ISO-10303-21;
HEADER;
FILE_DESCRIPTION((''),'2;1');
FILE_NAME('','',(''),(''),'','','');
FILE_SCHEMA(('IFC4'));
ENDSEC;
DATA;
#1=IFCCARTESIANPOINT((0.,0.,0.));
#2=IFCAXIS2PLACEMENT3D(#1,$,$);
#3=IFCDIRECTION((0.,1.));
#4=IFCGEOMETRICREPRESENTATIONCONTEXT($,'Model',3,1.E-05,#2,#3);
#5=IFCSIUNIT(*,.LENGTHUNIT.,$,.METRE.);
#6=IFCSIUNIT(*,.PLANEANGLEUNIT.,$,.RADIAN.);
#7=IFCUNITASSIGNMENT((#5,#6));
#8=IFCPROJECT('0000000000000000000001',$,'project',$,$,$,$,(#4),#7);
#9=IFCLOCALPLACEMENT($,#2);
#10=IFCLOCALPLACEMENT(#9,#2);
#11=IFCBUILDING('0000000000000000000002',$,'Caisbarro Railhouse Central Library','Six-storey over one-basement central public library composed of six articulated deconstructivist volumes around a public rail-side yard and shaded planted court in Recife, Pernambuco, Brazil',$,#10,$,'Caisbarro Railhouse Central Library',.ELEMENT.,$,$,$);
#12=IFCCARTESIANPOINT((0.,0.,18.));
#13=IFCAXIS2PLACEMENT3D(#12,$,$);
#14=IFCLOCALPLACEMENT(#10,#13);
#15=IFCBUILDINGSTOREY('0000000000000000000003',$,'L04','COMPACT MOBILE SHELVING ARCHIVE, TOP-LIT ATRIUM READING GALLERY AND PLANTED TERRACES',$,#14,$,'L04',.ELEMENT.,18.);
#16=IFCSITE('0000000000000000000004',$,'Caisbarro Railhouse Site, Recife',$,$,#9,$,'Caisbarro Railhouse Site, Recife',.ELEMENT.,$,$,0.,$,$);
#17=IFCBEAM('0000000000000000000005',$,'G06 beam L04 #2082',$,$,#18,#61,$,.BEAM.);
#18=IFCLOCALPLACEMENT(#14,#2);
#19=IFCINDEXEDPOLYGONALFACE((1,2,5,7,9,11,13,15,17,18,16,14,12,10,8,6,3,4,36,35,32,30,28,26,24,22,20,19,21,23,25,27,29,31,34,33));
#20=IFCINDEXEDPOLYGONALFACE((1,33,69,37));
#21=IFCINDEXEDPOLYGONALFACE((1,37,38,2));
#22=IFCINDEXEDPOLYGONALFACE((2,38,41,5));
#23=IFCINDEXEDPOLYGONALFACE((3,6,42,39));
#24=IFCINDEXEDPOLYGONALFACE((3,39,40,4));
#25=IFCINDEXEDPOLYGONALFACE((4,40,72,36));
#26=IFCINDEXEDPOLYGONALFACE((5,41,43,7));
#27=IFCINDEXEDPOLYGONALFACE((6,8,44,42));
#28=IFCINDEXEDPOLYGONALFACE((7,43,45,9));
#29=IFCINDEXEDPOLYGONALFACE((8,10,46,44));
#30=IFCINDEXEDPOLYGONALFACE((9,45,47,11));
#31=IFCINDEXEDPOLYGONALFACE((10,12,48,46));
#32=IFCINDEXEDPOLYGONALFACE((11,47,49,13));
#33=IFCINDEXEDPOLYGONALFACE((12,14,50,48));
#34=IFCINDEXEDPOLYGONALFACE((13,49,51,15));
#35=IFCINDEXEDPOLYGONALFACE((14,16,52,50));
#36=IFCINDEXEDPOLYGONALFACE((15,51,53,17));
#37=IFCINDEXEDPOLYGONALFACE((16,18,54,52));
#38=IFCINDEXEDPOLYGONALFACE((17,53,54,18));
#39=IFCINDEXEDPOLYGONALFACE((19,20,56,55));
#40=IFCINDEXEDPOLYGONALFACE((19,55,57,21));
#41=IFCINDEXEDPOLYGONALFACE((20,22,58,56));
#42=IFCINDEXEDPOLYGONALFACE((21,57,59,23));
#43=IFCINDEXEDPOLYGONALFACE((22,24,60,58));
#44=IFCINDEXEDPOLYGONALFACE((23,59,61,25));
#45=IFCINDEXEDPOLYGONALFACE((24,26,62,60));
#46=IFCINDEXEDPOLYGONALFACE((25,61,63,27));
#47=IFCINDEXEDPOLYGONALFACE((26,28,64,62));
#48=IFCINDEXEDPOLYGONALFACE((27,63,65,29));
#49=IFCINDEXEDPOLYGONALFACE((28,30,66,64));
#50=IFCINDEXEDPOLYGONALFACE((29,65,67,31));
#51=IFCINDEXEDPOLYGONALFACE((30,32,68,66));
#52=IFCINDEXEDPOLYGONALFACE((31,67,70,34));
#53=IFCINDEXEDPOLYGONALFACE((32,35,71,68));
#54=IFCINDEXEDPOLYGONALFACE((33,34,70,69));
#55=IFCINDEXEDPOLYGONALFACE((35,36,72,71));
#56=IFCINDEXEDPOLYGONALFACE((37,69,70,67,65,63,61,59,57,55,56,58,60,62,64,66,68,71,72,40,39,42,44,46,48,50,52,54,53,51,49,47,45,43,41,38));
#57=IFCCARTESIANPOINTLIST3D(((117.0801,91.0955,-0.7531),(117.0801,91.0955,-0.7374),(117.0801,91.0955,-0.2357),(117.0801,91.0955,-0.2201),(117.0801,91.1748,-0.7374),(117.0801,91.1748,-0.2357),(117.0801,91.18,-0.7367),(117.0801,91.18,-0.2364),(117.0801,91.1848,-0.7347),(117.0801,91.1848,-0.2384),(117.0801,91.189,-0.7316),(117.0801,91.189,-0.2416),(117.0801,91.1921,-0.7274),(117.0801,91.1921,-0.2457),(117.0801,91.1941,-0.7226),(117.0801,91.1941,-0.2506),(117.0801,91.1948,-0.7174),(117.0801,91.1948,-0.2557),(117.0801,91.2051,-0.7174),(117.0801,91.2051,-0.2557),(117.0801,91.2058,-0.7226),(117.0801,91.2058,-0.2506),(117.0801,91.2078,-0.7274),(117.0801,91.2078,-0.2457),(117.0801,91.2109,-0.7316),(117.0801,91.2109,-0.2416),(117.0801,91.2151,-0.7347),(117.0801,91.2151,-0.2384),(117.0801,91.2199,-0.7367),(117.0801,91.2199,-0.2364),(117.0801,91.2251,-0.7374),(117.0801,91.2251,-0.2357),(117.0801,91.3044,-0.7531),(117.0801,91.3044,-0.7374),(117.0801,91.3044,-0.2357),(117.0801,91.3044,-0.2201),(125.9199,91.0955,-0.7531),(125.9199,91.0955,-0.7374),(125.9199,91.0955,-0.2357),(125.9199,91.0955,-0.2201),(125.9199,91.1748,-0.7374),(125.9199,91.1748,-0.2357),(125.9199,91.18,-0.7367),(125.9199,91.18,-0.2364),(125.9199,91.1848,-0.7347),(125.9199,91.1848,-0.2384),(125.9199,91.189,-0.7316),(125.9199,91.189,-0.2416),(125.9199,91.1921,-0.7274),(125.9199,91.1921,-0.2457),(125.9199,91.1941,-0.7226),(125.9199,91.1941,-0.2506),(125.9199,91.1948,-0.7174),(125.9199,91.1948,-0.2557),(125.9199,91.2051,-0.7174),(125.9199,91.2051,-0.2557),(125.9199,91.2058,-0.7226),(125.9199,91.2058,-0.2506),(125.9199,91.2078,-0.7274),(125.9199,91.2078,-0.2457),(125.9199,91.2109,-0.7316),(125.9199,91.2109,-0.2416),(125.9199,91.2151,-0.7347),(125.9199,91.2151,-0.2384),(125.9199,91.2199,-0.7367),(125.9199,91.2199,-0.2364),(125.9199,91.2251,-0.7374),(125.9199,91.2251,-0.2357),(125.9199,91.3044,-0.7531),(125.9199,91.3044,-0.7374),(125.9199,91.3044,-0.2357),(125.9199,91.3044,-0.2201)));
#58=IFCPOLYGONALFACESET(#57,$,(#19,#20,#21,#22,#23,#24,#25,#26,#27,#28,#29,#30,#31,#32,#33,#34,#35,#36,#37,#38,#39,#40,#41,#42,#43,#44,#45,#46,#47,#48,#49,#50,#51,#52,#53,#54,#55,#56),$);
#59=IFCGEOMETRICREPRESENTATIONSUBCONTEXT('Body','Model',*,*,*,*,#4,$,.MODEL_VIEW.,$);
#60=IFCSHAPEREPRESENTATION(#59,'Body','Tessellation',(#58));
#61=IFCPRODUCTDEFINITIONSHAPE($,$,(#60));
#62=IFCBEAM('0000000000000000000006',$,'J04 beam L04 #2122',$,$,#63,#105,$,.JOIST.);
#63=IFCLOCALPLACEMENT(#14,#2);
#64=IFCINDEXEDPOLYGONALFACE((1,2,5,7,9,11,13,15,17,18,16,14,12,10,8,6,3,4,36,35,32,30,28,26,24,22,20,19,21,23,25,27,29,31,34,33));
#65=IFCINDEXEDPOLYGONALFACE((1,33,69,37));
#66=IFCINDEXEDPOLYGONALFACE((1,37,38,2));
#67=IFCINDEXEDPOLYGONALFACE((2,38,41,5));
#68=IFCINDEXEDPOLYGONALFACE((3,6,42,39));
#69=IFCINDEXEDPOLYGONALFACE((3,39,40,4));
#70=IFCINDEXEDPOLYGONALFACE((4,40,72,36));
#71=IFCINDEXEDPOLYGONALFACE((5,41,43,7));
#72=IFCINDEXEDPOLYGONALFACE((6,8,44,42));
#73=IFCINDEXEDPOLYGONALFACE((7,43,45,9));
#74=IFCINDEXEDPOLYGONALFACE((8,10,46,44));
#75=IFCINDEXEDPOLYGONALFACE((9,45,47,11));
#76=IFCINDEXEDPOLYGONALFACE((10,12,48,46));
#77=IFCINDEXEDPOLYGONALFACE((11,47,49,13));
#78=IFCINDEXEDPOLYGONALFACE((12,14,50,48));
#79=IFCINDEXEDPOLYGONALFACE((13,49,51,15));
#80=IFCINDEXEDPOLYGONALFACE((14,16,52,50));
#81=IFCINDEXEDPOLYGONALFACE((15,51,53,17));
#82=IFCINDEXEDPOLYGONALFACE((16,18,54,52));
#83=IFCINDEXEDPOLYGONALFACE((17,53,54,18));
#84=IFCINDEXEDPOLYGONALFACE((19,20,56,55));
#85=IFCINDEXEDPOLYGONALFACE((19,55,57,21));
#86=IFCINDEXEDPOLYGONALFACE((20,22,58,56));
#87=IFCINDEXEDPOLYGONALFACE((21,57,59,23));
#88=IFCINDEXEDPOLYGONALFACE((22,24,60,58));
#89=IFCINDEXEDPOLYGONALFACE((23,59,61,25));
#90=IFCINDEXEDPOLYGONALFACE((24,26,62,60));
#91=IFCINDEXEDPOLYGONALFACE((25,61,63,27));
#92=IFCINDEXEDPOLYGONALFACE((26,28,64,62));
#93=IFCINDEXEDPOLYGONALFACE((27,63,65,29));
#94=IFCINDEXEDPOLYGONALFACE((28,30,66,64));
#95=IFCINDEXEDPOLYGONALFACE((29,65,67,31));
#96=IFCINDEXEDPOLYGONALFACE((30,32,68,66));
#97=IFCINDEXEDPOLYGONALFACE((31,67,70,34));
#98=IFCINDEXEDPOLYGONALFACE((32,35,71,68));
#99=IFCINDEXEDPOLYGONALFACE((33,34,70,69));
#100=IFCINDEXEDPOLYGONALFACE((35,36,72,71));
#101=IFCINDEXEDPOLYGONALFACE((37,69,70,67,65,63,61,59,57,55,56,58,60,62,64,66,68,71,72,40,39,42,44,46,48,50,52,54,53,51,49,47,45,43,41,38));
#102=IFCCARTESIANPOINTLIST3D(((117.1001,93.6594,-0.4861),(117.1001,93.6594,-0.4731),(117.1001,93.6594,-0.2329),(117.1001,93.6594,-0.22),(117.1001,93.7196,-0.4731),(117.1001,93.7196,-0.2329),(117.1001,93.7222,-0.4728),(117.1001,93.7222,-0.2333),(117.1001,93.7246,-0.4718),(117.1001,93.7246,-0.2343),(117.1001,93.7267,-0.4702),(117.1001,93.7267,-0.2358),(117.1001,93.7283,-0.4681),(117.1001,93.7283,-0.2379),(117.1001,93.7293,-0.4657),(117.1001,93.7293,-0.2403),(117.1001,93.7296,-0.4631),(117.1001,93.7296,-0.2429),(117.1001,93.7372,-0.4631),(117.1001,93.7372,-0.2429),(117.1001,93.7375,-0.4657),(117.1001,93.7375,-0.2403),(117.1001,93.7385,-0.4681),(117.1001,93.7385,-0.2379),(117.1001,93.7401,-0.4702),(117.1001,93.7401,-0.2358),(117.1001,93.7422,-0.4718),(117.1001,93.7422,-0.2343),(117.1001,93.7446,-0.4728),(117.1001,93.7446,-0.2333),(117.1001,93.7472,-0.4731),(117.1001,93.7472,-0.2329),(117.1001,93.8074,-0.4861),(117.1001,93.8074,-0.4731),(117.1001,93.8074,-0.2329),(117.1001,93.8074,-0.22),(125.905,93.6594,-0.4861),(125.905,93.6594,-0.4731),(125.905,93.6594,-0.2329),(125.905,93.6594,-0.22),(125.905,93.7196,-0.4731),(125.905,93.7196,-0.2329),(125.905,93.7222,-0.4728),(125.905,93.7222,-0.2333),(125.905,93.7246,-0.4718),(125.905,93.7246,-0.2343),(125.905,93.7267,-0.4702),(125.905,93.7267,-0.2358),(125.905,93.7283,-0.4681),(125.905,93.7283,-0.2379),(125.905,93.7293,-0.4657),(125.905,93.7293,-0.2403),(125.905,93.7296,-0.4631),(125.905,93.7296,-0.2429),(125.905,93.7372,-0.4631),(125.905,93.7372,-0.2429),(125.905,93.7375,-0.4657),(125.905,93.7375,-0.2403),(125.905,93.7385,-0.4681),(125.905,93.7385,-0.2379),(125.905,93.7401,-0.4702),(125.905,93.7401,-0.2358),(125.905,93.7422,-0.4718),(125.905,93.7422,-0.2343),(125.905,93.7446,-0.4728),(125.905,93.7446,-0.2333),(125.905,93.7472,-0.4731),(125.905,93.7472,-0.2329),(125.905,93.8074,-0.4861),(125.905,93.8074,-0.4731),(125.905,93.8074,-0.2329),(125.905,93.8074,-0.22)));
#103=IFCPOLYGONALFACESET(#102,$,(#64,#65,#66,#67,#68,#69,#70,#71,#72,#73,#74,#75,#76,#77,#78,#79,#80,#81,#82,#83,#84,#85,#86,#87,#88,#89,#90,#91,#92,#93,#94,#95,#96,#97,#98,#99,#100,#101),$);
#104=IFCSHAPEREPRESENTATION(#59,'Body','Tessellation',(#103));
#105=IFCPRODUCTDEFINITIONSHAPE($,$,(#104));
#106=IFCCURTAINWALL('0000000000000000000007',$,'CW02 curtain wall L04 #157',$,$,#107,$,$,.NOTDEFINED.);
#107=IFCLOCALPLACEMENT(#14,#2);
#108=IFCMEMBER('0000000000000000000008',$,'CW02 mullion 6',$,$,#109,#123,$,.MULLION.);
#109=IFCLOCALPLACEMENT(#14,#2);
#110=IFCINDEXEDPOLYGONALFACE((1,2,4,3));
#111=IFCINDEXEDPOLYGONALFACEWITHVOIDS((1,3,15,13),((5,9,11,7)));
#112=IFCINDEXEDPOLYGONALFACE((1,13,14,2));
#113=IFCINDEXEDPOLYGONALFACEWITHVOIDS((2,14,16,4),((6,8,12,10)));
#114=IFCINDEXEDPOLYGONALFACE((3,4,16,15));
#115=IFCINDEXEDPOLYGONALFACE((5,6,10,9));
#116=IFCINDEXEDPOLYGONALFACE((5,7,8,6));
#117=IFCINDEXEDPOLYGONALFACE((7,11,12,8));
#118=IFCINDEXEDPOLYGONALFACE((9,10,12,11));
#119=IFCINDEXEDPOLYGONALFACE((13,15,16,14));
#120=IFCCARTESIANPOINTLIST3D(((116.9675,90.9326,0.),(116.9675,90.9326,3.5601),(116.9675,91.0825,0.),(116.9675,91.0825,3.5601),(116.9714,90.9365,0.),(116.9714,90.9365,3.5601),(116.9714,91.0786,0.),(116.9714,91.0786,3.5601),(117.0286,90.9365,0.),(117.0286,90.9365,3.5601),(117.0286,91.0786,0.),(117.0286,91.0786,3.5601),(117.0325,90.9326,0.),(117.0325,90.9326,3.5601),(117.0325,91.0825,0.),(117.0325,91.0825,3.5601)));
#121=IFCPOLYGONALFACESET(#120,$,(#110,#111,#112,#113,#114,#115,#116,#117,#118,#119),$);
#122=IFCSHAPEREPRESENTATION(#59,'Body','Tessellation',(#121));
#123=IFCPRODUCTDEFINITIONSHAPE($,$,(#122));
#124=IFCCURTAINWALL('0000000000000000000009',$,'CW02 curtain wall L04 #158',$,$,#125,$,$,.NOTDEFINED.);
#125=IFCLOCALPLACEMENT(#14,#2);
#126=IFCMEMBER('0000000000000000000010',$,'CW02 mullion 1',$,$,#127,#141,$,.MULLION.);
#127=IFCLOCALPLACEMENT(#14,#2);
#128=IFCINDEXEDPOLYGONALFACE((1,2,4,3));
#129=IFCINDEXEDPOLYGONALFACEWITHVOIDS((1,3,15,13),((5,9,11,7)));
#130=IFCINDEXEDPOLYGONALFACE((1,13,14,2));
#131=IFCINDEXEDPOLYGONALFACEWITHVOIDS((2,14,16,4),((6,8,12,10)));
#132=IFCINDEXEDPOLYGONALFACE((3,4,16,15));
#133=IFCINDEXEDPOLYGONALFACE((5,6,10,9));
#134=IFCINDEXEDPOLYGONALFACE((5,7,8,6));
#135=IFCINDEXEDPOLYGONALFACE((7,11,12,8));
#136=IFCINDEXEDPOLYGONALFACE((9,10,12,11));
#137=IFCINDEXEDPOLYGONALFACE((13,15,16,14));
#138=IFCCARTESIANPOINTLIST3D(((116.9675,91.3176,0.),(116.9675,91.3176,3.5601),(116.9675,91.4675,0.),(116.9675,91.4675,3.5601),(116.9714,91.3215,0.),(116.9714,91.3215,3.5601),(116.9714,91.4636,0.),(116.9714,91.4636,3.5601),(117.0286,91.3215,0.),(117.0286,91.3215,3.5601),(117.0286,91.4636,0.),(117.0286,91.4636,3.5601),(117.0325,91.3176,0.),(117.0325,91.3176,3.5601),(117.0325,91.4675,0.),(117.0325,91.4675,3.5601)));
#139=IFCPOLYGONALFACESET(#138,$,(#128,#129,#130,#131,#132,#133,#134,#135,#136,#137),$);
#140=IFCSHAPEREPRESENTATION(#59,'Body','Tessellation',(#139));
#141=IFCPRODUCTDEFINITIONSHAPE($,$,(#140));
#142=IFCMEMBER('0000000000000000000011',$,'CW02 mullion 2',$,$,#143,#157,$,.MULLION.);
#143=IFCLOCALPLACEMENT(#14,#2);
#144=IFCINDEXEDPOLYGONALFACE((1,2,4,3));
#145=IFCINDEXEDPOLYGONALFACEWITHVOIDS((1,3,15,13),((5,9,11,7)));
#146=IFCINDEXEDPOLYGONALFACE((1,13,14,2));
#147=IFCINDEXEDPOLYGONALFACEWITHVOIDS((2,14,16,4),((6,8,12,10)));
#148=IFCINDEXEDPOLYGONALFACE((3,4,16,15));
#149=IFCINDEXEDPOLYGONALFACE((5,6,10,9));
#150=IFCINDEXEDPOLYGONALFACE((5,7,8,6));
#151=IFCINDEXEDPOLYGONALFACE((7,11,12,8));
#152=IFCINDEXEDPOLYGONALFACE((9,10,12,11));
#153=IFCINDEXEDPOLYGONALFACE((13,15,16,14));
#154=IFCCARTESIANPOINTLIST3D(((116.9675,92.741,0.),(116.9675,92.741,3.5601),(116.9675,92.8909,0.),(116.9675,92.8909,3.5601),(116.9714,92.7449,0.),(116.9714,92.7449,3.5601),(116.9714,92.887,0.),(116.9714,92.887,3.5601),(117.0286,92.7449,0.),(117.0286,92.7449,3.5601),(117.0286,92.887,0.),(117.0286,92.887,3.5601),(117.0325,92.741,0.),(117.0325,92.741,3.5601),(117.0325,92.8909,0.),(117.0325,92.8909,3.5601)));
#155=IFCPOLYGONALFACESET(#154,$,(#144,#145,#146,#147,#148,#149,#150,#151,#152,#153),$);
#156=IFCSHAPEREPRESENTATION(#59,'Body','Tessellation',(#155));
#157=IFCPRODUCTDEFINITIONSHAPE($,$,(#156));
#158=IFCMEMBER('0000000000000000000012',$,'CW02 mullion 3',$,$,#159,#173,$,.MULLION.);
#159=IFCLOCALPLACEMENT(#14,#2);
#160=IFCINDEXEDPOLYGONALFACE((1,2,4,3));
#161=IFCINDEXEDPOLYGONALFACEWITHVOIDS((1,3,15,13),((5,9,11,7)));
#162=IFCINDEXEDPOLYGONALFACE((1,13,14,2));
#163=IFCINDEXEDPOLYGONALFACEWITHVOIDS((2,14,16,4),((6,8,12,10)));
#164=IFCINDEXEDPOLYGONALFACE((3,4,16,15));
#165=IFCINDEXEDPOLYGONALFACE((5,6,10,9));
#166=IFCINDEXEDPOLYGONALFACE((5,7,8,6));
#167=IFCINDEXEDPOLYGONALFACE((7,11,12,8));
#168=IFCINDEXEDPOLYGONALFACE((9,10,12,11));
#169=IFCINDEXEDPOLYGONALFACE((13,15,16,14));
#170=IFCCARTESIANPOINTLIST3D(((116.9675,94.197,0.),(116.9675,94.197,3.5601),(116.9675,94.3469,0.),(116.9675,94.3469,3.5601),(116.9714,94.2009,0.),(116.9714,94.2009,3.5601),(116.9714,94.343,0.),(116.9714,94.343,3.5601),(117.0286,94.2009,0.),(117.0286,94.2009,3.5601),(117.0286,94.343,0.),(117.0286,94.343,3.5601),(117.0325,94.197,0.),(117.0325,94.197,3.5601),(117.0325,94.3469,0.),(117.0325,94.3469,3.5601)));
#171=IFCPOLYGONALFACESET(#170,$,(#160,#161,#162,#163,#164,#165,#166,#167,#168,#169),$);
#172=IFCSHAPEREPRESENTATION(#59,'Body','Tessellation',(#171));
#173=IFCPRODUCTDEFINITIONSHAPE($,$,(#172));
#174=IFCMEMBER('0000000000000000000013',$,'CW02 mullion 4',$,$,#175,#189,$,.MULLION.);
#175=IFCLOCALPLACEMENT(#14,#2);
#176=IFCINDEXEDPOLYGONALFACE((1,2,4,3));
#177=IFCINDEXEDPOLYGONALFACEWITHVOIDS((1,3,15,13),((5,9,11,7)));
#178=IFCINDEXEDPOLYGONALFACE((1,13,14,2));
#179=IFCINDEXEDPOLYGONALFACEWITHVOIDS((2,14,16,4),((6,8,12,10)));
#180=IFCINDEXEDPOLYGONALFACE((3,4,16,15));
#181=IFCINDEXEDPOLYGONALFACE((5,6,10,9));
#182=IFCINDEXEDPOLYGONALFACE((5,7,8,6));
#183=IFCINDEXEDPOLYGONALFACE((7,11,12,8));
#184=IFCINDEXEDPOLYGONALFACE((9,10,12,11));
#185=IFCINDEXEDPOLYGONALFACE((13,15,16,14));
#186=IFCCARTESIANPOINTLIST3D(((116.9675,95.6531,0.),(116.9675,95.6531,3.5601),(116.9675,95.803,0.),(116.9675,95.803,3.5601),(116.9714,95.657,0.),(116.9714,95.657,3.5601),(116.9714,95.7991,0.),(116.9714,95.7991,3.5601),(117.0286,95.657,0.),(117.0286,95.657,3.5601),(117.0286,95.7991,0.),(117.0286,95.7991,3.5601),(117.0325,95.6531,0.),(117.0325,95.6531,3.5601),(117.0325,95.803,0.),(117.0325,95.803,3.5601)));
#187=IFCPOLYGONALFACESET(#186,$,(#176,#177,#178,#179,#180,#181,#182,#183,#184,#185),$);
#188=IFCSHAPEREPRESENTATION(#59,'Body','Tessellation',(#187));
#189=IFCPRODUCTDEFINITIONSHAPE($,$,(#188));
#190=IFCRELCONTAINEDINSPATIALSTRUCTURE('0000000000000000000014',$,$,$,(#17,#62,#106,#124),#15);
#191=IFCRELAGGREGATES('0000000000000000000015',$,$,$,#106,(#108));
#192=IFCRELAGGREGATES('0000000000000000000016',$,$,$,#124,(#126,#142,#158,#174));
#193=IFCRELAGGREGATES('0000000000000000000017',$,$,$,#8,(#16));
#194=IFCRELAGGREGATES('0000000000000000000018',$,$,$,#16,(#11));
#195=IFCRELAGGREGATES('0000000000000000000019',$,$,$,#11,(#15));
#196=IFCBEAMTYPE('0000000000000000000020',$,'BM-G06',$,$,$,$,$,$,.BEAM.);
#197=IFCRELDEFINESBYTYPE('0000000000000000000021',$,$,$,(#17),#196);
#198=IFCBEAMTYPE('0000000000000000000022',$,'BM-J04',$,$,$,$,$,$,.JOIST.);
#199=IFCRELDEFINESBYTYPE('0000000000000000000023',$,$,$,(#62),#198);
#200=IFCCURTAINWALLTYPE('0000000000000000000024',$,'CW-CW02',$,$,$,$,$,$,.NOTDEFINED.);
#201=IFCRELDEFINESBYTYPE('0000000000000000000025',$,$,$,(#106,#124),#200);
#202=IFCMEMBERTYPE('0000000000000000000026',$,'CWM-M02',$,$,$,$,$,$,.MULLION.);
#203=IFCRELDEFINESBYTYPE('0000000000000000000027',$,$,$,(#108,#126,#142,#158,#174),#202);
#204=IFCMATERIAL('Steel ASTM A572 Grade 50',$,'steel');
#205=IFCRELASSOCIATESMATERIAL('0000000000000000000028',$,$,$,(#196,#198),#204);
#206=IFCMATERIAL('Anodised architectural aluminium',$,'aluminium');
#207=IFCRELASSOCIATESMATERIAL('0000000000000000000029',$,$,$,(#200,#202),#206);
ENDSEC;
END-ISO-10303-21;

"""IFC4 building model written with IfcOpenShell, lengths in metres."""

from ifc_helpers import new_model, si_unit, direction, frame, origin, origin_2d, place, context, subcontext, project, spatial, hollow_rectangle, i_section, extrude, material, material_profile, profile_set, type_object, element, aggregate, save


model = new_model("IFC4")

# Units and contexts
model_context = context("Model", 3, precision=1e-05, world=origin(), true_north=direction((0.0, 1.0)))
body_context = subcontext(model_context, "Body", "Model", "MODEL_VIEW")
ifc_project = project(units=[si_unit("LENGTHUNIT", "METRE"), si_unit("PLANEANGLEUNIT", "RADIAN")], contexts=[model_context])

# Site, building, storey
site_placement = place(None, origin())
site = spatial("IfcSite", under=ifc_project, at=site_placement, Name="Caisbarro Railhouse Site, Recife", LongName="Caisbarro Railhouse Site, Recife", CompositionType="ELEMENT", RefElevation=0.0)
building_placement = place(site_placement, origin())
building = spatial("IfcBuilding", under=site, at=building_placement, Name="Caisbarro Railhouse Central Library", Description="Six-storey over one-basement central public library composed of six articulated deconstructivist volumes around a public rail-side yard and shaded planted court in Recife, Pernambuco, Brazil", LongName="Caisbarro Railhouse Central Library", CompositionType="ELEMENT")
storey_placement = place(building_placement, frame((0.0, 0.0, 18.0)))
storey = spatial("IfcBuildingStorey", under=building, at=storey_placement, Name="L04", Description="COMPACT MOBILE SHELVING ARCHIVE, TOP-LIT ATRIUM READING GALLERY AND PLANTED TERRACES", LongName="L04", CompositionType="ELEMENT", Elevation=18.0)

# Beams
ifc_material_1 = material(Name="Steel ASTM A572 Grade 50", Category="steel")
ifc_material_profile_1 = material_profile(ifc_material_1, i_section(OverallWidth=0.209, OverallDepth=0.533, WebThickness=0.0103, FlangeThickness=0.0156, FilletRadius=0.02, at=origin_2d()), Name="W530X92.0")
ifc_profile_set_1 = profile_set([ifc_material_profile_1], Name="Steel ASTM A572 Grade 50")
beam_type_1 = type_object("IfcBeamType", Name="BM-G06", PredefinedType="BEAM", material=ifc_profile_set_1)
beam_1_placement = place(storey_placement, frame((117.0801, 91.2, -0.4866), z_axis=(1.0, 0.0, 0.0), x_axis=(0.0, 1.0, 0.0)))
element("IfcBeam", 1, at=beam_1_placement, inside=storey, type_object=beam_type_1, Name="G06 beam L04 #2082", PredefinedType="BEAM", context=body_context, shape_type="SweptSolid", body=[
    extrude(i_section(OverallWidth=0.209, OverallDepth=0.533, WebThickness=0.0103, FlangeThickness=0.0156, FilletRadius=0.02, at=origin_2d()), origin(), (0.0, 0.0, 1.0), 8.8398),
])
ifc_material_profile_2 = material_profile(ifc_material_1, i_section(OverallWidth=0.1479, OverallDepth=0.2661, WebThickness=0.0076, FlangeThickness=0.0129, FilletRadius=0.01, at=origin_2d()), Name="W250X44.8")
ifc_profile_set_2 = profile_set([ifc_material_profile_2], Name="Steel ASTM A572 Grade 50")
beam_type_2 = type_object("IfcBeamType", Name="BM-J04", PredefinedType="JOIST", material=ifc_profile_set_2)
beam_2_placement = place(storey_placement, frame((117.1001, 93.7334, -0.353), z_axis=(1.0, 0.0, 0.0), x_axis=(0.0, 1.0, 0.0)))
element("IfcBeam", 2, at=beam_2_placement, inside=storey, type_object=beam_type_2, Name="J04 beam L04 #2122", PredefinedType="JOIST", context=body_context, shape_type="SweptSolid", body=[
    extrude(i_section(OverallWidth=0.1479, OverallDepth=0.2661, WebThickness=0.0076, FlangeThickness=0.0129, FilletRadius=0.01, at=origin_2d()), origin(), (0.0, 0.0, 1.0), 8.8049),
])

# Curtain wall, member
ifc_material_2 = material(Name="Anodised architectural aluminium", Category="aluminium")
curtain_wall_type = type_object("IfcCurtainWallType", Name="CW-CW02", PredefinedType="NOTDEFINED", material=ifc_material_2)
curtain_wall_1_placement = place(storey_placement, origin())
curtain_wall_1 = element("IfcCurtainWall", 3, at=curtain_wall_1_placement, inside=storey, type_object=curtain_wall_type, Name="CW02 curtain wall L04 #157", PredefinedType="NOTDEFINED")
ifc_material_profile_3 = material_profile(ifc_material_2, hollow_rectangle(XDim=0.0649, YDim=0.1499, WallThickness=0.0039, at=origin_2d()), Name="ALU-MUL-65X150")
ifc_profile_set_3 = profile_set([ifc_material_profile_3], Name="Anodised architectural aluminium")
member_type_1 = type_object("IfcMemberType", Name="CWM-M02", PredefinedType="MULLION", material=ifc_profile_set_3)
member_1_placement = place(storey_placement, frame((117.0, 91.0076, 0.0), z_axis=(0.0, 0.0, 1.0), x_axis=(-1.0, 0.0, 0.0)))
member_1 = element("IfcMember", 4, at=member_1_placement, type_object=member_type_1, Name="CW02 mullion 6", PredefinedType="MULLION", context=body_context, shape_type="SweptSolid", body=[
    extrude(hollow_rectangle(XDim=0.0649, YDim=0.1499, WallThickness=0.0039, at=origin_2d()), origin(), (0.0, 0.0, 1.0), 3.5601),
])

# Curtain wall, members
curtain_wall_2_placement = place(storey_placement, origin())
curtain_wall_2 = element("IfcCurtainWall", 5, at=curtain_wall_2_placement, inside=storey, type_object=curtain_wall_type, Name="CW02 curtain wall L04 #158", PredefinedType="NOTDEFINED")
member_2_placement = place(storey_placement, frame((117.0, 91.3926, 0.0), z_axis=(0.0, 0.0, 1.0), x_axis=(-1.0, 0.0, 0.0)))
member_2 = element("IfcMember", 6, at=member_2_placement, type_object=member_type_1, Name="CW02 mullion 1", PredefinedType="MULLION", context=body_context, shape_type="SweptSolid", body=[
    extrude(hollow_rectangle(XDim=0.0649, YDim=0.1499, WallThickness=0.0039, at=origin_2d()), origin(), (0.0, 0.0, 1.0), 3.5601),
])
member_3_placement = place(storey_placement, frame((117.0, 92.8159, 0.0), z_axis=(0.0, 0.0, 1.0), x_axis=(-1.0, 0.0, 0.0)))
member_3 = element("IfcMember", 7, at=member_3_placement, type_object=member_type_1, Name="CW02 mullion 2", PredefinedType="MULLION", context=body_context, shape_type="SweptSolid", body=[
    extrude(hollow_rectangle(XDim=0.0649, YDim=0.1499, WallThickness=0.0039, at=origin_2d()), origin(), (0.0, 0.0, 1.0), 3.5601),
])
member_4_placement = place(storey_placement, frame((117.0, 94.272, 0.0), z_axis=(0.0, 0.0, 1.0), x_axis=(-1.0, 0.0, 0.0)))
member_4 = element("IfcMember", 8, at=member_4_placement, type_object=member_type_1, Name="CW02 mullion 3", PredefinedType="MULLION", context=body_context, shape_type="SweptSolid", body=[
    extrude(hollow_rectangle(XDim=0.0649, YDim=0.1499, WallThickness=0.0039, at=origin_2d()), origin(), (0.0, 0.0, 1.0), 3.5601),
])
member_5_placement = place(storey_placement, frame((117.0, 95.728, 0.0), z_axis=(0.0, 0.0, 1.0), x_axis=(-1.0, 0.0, 0.0)))
member_5 = element("IfcMember", 9, at=member_5_placement, type_object=member_type_1, Name="CW02 mullion 4", PredefinedType="MULLION", context=body_context, shape_type="SweptSolid", body=[
    extrude(hollow_rectangle(XDim=0.0649, YDim=0.1499, WallThickness=0.0039, at=origin_2d()), origin(), (0.0, 0.0, 1.0), 3.5601),
])

aggregate(curtain_wall_1, [member_1])
aggregate(curtain_wall_2, [member_2, member_3, member_4, member_5])

save(model, "model.ifc")
